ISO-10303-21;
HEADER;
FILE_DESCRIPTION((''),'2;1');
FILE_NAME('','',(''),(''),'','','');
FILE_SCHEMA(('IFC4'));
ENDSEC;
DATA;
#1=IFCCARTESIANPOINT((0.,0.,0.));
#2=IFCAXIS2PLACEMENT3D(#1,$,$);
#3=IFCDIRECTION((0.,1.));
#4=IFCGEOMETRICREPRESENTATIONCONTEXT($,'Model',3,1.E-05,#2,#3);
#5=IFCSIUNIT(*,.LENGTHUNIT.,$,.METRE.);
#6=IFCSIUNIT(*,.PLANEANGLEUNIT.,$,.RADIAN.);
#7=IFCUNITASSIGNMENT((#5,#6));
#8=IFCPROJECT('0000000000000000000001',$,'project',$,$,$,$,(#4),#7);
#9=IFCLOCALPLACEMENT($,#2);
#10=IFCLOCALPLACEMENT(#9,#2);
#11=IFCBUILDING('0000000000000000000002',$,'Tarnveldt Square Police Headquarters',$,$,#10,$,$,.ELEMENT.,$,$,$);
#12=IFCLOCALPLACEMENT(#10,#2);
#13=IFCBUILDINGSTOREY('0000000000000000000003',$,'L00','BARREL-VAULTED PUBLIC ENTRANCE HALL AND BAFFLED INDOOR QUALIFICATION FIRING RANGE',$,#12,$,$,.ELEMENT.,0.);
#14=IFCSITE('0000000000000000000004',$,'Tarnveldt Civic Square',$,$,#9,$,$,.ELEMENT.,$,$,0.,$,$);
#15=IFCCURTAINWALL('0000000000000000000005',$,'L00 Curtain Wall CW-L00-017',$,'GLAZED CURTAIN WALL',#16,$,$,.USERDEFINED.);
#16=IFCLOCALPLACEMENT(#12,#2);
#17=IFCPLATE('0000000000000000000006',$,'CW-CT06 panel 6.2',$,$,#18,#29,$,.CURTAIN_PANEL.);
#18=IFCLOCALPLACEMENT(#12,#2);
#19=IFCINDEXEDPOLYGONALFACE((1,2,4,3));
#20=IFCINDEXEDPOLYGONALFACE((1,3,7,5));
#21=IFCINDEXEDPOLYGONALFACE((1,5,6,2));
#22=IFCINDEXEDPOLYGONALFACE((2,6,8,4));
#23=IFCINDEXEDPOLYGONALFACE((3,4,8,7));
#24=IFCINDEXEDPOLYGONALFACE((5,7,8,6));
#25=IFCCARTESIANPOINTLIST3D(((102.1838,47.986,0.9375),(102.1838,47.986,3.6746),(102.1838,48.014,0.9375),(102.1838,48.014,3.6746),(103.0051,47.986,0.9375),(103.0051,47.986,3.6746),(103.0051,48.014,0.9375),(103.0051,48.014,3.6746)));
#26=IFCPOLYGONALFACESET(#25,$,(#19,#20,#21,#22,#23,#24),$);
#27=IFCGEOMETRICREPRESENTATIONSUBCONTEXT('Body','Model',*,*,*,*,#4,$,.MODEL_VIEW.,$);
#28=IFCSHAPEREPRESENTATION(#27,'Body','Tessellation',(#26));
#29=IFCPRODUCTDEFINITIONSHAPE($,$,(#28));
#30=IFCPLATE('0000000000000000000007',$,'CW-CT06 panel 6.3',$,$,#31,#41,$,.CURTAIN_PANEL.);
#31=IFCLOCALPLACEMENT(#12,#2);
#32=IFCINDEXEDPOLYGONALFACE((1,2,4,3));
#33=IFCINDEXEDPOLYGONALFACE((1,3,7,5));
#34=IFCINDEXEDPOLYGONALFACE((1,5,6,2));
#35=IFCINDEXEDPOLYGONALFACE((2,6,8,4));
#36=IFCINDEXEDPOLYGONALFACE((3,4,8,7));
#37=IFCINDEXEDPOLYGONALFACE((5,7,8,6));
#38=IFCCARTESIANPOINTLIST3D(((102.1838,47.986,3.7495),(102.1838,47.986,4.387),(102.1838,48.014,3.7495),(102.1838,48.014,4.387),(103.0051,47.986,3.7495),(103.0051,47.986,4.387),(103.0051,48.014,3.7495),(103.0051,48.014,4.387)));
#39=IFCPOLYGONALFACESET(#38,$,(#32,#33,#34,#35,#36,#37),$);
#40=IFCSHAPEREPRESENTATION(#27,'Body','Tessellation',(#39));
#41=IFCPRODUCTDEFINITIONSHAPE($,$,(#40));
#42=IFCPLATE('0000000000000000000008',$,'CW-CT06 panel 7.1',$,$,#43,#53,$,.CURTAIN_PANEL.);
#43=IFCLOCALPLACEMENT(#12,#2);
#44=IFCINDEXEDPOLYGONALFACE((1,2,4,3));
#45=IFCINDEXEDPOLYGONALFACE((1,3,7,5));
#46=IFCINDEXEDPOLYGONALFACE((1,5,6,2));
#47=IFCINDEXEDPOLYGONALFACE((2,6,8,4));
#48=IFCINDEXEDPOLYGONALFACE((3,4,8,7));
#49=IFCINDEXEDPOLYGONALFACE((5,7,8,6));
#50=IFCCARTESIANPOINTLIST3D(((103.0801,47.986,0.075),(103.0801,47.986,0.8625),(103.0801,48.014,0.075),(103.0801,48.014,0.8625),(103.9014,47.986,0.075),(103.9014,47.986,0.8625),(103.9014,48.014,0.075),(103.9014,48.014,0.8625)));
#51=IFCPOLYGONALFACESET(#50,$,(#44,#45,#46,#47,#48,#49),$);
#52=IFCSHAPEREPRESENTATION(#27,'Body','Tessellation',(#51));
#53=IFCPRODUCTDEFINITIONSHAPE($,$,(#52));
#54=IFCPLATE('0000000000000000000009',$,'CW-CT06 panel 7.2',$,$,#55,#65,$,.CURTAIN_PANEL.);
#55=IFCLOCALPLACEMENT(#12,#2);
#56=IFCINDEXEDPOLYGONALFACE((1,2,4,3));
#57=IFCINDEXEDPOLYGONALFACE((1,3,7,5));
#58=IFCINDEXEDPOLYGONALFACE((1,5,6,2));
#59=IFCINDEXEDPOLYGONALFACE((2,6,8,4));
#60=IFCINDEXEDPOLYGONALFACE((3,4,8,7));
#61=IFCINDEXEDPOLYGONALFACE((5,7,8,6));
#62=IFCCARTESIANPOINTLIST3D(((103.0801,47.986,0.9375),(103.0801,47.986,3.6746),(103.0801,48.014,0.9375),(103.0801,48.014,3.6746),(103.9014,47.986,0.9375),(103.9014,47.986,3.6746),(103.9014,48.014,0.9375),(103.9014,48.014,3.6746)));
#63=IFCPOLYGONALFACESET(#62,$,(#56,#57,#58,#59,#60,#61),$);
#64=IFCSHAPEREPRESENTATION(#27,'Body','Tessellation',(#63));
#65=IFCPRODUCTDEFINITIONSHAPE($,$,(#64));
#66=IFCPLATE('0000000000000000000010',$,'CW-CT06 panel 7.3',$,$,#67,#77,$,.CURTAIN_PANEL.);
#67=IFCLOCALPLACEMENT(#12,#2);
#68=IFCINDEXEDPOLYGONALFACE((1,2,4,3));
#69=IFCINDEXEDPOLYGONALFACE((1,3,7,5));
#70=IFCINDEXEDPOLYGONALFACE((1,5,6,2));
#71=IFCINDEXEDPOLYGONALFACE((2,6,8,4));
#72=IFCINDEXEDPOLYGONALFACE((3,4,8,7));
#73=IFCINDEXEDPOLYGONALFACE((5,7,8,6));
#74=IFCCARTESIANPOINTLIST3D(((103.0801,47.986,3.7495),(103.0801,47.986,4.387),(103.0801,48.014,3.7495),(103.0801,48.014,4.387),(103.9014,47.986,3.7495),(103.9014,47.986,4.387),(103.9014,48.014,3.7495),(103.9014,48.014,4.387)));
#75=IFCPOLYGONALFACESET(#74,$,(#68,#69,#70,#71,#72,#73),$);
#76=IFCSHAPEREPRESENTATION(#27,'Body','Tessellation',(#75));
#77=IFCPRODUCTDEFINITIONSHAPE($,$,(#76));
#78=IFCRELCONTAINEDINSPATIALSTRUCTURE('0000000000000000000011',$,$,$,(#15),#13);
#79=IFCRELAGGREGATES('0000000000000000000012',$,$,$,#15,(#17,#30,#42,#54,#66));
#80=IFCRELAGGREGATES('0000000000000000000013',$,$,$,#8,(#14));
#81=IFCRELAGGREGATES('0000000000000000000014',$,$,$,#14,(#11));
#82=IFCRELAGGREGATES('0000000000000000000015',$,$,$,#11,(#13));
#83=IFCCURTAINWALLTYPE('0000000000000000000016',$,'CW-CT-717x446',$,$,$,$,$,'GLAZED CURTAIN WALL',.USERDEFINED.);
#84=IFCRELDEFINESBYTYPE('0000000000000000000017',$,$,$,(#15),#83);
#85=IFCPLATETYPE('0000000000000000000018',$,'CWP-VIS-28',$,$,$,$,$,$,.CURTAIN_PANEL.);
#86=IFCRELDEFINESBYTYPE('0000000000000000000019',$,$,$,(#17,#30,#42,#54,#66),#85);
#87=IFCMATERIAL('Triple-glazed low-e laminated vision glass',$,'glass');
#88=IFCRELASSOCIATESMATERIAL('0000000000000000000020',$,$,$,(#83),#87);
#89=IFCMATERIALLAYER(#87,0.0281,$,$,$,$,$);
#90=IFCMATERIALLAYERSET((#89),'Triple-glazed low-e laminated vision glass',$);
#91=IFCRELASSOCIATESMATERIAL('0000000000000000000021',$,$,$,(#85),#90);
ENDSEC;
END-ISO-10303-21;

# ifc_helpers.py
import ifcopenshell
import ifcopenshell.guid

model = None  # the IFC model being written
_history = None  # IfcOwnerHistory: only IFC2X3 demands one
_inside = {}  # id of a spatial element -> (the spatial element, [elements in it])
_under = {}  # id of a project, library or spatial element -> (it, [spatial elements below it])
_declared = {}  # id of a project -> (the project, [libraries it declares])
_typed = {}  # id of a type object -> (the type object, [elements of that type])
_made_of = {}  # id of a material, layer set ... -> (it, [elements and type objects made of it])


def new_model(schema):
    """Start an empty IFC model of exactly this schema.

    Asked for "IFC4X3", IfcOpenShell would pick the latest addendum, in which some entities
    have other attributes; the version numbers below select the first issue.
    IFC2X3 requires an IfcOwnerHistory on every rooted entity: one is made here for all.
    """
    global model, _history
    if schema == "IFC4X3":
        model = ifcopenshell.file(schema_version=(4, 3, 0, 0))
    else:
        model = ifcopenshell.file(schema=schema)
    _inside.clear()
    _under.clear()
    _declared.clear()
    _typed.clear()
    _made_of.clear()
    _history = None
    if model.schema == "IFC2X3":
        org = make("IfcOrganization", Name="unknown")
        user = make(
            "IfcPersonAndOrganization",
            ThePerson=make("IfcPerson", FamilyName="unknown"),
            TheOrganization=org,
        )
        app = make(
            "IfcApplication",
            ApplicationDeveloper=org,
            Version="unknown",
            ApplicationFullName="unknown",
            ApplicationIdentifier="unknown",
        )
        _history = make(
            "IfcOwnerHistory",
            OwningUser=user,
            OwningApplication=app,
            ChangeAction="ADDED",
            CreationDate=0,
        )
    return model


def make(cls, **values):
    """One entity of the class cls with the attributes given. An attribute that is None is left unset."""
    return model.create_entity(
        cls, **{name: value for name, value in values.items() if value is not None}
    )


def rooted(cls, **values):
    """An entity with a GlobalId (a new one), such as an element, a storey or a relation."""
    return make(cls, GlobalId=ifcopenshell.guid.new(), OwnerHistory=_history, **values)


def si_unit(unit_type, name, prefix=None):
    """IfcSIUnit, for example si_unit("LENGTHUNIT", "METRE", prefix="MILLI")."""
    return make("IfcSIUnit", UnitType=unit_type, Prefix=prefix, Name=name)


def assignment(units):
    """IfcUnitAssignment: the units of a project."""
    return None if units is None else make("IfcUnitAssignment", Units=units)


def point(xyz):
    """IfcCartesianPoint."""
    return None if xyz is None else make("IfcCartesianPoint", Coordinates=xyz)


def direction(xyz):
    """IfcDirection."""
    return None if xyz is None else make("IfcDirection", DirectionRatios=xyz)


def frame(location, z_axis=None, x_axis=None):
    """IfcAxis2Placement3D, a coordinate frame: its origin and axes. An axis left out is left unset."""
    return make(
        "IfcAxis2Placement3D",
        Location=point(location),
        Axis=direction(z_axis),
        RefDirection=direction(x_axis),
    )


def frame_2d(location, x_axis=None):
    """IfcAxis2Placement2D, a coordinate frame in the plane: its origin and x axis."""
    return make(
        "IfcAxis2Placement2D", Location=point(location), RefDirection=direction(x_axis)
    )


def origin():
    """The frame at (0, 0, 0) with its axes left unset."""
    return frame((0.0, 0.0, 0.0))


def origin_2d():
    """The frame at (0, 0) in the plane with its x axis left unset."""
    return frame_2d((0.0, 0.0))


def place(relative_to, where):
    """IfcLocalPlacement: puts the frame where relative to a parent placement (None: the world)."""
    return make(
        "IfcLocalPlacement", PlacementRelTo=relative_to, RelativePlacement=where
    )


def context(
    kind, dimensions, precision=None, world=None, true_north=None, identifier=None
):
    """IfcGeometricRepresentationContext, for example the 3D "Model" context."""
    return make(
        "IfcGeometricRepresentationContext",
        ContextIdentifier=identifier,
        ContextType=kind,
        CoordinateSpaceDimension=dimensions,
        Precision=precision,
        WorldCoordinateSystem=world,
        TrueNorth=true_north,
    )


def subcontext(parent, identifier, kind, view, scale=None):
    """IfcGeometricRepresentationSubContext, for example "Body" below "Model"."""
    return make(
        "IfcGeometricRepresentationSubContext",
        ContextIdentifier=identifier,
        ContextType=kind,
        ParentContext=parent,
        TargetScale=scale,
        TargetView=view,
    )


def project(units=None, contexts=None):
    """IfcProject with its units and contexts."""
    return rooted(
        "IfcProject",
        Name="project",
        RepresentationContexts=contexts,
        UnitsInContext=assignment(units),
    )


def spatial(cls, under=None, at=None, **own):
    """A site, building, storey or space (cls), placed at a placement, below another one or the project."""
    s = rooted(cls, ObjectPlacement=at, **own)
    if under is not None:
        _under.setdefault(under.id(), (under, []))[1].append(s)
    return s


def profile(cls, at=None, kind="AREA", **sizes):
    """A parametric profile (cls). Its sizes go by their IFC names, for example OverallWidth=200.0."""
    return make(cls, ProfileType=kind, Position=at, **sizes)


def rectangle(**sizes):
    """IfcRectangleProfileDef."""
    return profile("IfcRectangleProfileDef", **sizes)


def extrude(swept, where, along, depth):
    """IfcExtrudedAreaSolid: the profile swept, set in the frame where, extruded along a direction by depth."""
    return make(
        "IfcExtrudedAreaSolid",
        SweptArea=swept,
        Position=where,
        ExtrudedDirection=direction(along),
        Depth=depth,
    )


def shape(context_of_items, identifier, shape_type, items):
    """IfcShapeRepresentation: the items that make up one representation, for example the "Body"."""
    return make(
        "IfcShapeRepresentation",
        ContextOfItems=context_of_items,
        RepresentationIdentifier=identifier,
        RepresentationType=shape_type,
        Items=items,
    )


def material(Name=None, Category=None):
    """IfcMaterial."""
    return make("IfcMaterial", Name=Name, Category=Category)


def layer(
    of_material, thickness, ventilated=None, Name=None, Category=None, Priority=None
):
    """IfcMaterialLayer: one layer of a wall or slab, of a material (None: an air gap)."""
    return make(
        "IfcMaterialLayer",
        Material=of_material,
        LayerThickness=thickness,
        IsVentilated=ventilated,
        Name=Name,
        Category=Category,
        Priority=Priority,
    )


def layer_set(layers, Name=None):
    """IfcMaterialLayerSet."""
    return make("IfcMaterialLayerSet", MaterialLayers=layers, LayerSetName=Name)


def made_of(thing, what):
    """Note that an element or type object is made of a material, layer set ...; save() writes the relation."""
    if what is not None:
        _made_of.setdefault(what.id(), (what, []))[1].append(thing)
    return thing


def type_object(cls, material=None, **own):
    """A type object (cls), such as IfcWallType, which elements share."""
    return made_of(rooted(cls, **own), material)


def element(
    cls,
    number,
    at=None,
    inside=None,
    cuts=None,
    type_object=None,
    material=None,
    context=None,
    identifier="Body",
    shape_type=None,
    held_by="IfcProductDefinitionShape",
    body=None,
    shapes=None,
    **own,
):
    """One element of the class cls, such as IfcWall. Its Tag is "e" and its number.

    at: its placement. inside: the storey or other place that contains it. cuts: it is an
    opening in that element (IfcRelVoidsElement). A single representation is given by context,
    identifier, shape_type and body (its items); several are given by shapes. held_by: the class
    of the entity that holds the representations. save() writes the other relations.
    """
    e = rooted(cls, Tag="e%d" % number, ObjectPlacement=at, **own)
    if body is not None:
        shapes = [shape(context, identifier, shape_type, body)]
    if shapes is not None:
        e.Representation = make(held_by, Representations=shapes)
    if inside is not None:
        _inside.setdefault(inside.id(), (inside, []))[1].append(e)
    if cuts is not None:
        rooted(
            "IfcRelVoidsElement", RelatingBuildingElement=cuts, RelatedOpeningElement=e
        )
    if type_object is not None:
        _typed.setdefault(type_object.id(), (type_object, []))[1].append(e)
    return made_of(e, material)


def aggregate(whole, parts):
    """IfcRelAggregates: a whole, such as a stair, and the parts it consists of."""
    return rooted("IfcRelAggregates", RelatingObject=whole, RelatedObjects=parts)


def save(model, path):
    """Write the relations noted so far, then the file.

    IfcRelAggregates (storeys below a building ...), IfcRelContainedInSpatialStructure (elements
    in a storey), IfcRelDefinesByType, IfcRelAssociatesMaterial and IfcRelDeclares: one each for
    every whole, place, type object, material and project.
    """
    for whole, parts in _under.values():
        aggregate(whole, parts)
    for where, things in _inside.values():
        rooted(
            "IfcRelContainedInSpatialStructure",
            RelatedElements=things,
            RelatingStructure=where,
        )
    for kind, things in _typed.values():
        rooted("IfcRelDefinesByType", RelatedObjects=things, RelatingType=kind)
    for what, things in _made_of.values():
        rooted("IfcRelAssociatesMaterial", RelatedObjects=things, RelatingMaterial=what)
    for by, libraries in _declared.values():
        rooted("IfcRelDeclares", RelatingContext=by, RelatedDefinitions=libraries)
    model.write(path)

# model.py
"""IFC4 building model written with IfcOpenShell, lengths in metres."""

from ifc_helpers import new_model, si_unit, direction, frame, origin, origin_2d, place, context, subcontext, project, spatial, rectangle, extrude, material, layer, layer_set, type_object, element, aggregate, save


model = new_model("IFC4")

# Units and contexts
model_context = context("Model", 3, precision=1e-05, world=origin(), true_north=direction((0.0, 1.0)))
body_context = subcontext(model_context, "Body", "Model", "MODEL_VIEW")
ifc_project = project(units=[si_unit("LENGTHUNIT", "METRE"), si_unit("PLANEANGLEUNIT", "RADIAN")], contexts=[model_context])

# Site, building, storey
site_placement = place(None, origin())
site = spatial("IfcSite", under=ifc_project, at=site_placement, Name="Tarnveldt Civic Square", CompositionType="ELEMENT", RefElevation=0.0)
building_placement = place(site_placement, origin())
building = spatial("IfcBuilding", under=site, at=building_placement, Name="Tarnveldt Square Police Headquarters", CompositionType="ELEMENT")
storey_placement = place(building_placement, origin())
storey = spatial("IfcBuildingStorey", under=building, at=storey_placement, Name="L00", Description="BARREL-VAULTED PUBLIC ENTRANCE HALL AND BAFFLED INDOOR QUALIFICATION FIRING RANGE", CompositionType="ELEMENT", Elevation=0.0)

# Curtain wall, plates
ifc_material_1 = material(Name="Triple-glazed low-e laminated vision glass", Category="glass")
curtain_wall_type = type_object("IfcCurtainWallType", Name="CW-CT-717x446", ElementType="GLAZED CURTAIN WALL", PredefinedType="USERDEFINED", material=ifc_material_1)
curtain_wall_placement = place(storey_placement, origin())
curtain_wall = element("IfcCurtainWall", 1, at=curtain_wall_placement, inside=storey, type_object=curtain_wall_type, Name="L00 Curtain Wall CW-L00-017", ObjectType="GLAZED CURTAIN WALL", PredefinedType="USERDEFINED")
ifc_layer = layer(ifc_material_1, 0.0281)
ifc_layer_set = layer_set([ifc_layer], Name="Triple-glazed low-e laminated vision glass")
plate_type = type_object("IfcPlateType", Name="CWP-VIS-28", PredefinedType="CURTAIN_PANEL", material=ifc_layer_set)
plate_1_placement = place(storey_placement, frame((102.5945, 48.0, 0.9375), z_axis=(0.0, 0.0, 1.0), x_axis=(1.0, 0.0, 0.0)))
plate_1 = element("IfcPlate", 2, at=plate_1_placement, type_object=plate_type, Name="CW-CT06 panel 6.2", PredefinedType="CURTAIN_PANEL", context=body_context, shape_type="SweptSolid", body=[
    extrude(rectangle(XDim=0.8213, YDim=0.0281, at=origin_2d()), origin(), (0.0, 0.0, 1.0), 2.7371),
])
plate_2_placement = place(storey_placement, frame((102.5945, 48.0, 3.7495), z_axis=(0.0, 0.0, 1.0), x_axis=(1.0, 0.0, 0.0)))
plate_2 = element("IfcPlate", 3, at=plate_2_placement, type_object=plate_type, Name="CW-CT06 panel 6.3", PredefinedType="CURTAIN_PANEL", context=body_context, shape_type="SweptSolid", body=[
    extrude(rectangle(XDim=0.8213, YDim=0.0281, at=origin_2d()), origin(), (0.0, 0.0, 1.0), 0.6375),
])
plate_3_placement = place(storey_placement, frame((103.4907, 48.0, 0.075), z_axis=(0.0, 0.0, 1.0), x_axis=(1.0, 0.0, 0.0)))
plate_3 = element("IfcPlate", 4, at=plate_3_placement, type_object=plate_type, Name="CW-CT06 panel 7.1", PredefinedType="CURTAIN_PANEL", context=body_context, shape_type="SweptSolid", body=[
    extrude(rectangle(XDim=0.8213, YDim=0.0281, at=origin_2d()), origin(), (0.0, 0.0, 1.0), 0.7876),
])
plate_4_placement = place(storey_placement, frame((103.4907, 48.0, 0.9375), z_axis=(0.0, 0.0, 1.0), x_axis=(1.0, 0.0, 0.0)))
plate_4 = element("IfcPlate", 5, at=plate_4_placement, type_object=plate_type, Name="CW-CT06 panel 7.2", PredefinedType="CURTAIN_PANEL", context=body_context, shape_type="SweptSolid", body=[
    extrude(rectangle(XDim=0.8213, YDim=0.0281, at=origin_2d()), origin(), (0.0, 0.0, 1.0), 2.7371),
])
plate_5_placement = place(storey_placement, frame((103.4907, 48.0, 3.7495), z_axis=(0.0, 0.0, 1.0), x_axis=(1.0, 0.0, 0.0)))
plate_5 = element("IfcPlate", 6, at=plate_5_placement, type_object=plate_type, Name="CW-CT06 panel 7.3", PredefinedType="CURTAIN_PANEL", context=body_context, shape_type="SweptSolid", body=[
    extrude(rectangle(XDim=0.8213, YDim=0.0281, at=origin_2d()), origin(), (0.0, 0.0, 1.0), 0.6375),
])
aggregate(curtain_wall, [plate_1, plate_2, plate_3, plate_4, plate_5])

save(model, "model.ifc")
